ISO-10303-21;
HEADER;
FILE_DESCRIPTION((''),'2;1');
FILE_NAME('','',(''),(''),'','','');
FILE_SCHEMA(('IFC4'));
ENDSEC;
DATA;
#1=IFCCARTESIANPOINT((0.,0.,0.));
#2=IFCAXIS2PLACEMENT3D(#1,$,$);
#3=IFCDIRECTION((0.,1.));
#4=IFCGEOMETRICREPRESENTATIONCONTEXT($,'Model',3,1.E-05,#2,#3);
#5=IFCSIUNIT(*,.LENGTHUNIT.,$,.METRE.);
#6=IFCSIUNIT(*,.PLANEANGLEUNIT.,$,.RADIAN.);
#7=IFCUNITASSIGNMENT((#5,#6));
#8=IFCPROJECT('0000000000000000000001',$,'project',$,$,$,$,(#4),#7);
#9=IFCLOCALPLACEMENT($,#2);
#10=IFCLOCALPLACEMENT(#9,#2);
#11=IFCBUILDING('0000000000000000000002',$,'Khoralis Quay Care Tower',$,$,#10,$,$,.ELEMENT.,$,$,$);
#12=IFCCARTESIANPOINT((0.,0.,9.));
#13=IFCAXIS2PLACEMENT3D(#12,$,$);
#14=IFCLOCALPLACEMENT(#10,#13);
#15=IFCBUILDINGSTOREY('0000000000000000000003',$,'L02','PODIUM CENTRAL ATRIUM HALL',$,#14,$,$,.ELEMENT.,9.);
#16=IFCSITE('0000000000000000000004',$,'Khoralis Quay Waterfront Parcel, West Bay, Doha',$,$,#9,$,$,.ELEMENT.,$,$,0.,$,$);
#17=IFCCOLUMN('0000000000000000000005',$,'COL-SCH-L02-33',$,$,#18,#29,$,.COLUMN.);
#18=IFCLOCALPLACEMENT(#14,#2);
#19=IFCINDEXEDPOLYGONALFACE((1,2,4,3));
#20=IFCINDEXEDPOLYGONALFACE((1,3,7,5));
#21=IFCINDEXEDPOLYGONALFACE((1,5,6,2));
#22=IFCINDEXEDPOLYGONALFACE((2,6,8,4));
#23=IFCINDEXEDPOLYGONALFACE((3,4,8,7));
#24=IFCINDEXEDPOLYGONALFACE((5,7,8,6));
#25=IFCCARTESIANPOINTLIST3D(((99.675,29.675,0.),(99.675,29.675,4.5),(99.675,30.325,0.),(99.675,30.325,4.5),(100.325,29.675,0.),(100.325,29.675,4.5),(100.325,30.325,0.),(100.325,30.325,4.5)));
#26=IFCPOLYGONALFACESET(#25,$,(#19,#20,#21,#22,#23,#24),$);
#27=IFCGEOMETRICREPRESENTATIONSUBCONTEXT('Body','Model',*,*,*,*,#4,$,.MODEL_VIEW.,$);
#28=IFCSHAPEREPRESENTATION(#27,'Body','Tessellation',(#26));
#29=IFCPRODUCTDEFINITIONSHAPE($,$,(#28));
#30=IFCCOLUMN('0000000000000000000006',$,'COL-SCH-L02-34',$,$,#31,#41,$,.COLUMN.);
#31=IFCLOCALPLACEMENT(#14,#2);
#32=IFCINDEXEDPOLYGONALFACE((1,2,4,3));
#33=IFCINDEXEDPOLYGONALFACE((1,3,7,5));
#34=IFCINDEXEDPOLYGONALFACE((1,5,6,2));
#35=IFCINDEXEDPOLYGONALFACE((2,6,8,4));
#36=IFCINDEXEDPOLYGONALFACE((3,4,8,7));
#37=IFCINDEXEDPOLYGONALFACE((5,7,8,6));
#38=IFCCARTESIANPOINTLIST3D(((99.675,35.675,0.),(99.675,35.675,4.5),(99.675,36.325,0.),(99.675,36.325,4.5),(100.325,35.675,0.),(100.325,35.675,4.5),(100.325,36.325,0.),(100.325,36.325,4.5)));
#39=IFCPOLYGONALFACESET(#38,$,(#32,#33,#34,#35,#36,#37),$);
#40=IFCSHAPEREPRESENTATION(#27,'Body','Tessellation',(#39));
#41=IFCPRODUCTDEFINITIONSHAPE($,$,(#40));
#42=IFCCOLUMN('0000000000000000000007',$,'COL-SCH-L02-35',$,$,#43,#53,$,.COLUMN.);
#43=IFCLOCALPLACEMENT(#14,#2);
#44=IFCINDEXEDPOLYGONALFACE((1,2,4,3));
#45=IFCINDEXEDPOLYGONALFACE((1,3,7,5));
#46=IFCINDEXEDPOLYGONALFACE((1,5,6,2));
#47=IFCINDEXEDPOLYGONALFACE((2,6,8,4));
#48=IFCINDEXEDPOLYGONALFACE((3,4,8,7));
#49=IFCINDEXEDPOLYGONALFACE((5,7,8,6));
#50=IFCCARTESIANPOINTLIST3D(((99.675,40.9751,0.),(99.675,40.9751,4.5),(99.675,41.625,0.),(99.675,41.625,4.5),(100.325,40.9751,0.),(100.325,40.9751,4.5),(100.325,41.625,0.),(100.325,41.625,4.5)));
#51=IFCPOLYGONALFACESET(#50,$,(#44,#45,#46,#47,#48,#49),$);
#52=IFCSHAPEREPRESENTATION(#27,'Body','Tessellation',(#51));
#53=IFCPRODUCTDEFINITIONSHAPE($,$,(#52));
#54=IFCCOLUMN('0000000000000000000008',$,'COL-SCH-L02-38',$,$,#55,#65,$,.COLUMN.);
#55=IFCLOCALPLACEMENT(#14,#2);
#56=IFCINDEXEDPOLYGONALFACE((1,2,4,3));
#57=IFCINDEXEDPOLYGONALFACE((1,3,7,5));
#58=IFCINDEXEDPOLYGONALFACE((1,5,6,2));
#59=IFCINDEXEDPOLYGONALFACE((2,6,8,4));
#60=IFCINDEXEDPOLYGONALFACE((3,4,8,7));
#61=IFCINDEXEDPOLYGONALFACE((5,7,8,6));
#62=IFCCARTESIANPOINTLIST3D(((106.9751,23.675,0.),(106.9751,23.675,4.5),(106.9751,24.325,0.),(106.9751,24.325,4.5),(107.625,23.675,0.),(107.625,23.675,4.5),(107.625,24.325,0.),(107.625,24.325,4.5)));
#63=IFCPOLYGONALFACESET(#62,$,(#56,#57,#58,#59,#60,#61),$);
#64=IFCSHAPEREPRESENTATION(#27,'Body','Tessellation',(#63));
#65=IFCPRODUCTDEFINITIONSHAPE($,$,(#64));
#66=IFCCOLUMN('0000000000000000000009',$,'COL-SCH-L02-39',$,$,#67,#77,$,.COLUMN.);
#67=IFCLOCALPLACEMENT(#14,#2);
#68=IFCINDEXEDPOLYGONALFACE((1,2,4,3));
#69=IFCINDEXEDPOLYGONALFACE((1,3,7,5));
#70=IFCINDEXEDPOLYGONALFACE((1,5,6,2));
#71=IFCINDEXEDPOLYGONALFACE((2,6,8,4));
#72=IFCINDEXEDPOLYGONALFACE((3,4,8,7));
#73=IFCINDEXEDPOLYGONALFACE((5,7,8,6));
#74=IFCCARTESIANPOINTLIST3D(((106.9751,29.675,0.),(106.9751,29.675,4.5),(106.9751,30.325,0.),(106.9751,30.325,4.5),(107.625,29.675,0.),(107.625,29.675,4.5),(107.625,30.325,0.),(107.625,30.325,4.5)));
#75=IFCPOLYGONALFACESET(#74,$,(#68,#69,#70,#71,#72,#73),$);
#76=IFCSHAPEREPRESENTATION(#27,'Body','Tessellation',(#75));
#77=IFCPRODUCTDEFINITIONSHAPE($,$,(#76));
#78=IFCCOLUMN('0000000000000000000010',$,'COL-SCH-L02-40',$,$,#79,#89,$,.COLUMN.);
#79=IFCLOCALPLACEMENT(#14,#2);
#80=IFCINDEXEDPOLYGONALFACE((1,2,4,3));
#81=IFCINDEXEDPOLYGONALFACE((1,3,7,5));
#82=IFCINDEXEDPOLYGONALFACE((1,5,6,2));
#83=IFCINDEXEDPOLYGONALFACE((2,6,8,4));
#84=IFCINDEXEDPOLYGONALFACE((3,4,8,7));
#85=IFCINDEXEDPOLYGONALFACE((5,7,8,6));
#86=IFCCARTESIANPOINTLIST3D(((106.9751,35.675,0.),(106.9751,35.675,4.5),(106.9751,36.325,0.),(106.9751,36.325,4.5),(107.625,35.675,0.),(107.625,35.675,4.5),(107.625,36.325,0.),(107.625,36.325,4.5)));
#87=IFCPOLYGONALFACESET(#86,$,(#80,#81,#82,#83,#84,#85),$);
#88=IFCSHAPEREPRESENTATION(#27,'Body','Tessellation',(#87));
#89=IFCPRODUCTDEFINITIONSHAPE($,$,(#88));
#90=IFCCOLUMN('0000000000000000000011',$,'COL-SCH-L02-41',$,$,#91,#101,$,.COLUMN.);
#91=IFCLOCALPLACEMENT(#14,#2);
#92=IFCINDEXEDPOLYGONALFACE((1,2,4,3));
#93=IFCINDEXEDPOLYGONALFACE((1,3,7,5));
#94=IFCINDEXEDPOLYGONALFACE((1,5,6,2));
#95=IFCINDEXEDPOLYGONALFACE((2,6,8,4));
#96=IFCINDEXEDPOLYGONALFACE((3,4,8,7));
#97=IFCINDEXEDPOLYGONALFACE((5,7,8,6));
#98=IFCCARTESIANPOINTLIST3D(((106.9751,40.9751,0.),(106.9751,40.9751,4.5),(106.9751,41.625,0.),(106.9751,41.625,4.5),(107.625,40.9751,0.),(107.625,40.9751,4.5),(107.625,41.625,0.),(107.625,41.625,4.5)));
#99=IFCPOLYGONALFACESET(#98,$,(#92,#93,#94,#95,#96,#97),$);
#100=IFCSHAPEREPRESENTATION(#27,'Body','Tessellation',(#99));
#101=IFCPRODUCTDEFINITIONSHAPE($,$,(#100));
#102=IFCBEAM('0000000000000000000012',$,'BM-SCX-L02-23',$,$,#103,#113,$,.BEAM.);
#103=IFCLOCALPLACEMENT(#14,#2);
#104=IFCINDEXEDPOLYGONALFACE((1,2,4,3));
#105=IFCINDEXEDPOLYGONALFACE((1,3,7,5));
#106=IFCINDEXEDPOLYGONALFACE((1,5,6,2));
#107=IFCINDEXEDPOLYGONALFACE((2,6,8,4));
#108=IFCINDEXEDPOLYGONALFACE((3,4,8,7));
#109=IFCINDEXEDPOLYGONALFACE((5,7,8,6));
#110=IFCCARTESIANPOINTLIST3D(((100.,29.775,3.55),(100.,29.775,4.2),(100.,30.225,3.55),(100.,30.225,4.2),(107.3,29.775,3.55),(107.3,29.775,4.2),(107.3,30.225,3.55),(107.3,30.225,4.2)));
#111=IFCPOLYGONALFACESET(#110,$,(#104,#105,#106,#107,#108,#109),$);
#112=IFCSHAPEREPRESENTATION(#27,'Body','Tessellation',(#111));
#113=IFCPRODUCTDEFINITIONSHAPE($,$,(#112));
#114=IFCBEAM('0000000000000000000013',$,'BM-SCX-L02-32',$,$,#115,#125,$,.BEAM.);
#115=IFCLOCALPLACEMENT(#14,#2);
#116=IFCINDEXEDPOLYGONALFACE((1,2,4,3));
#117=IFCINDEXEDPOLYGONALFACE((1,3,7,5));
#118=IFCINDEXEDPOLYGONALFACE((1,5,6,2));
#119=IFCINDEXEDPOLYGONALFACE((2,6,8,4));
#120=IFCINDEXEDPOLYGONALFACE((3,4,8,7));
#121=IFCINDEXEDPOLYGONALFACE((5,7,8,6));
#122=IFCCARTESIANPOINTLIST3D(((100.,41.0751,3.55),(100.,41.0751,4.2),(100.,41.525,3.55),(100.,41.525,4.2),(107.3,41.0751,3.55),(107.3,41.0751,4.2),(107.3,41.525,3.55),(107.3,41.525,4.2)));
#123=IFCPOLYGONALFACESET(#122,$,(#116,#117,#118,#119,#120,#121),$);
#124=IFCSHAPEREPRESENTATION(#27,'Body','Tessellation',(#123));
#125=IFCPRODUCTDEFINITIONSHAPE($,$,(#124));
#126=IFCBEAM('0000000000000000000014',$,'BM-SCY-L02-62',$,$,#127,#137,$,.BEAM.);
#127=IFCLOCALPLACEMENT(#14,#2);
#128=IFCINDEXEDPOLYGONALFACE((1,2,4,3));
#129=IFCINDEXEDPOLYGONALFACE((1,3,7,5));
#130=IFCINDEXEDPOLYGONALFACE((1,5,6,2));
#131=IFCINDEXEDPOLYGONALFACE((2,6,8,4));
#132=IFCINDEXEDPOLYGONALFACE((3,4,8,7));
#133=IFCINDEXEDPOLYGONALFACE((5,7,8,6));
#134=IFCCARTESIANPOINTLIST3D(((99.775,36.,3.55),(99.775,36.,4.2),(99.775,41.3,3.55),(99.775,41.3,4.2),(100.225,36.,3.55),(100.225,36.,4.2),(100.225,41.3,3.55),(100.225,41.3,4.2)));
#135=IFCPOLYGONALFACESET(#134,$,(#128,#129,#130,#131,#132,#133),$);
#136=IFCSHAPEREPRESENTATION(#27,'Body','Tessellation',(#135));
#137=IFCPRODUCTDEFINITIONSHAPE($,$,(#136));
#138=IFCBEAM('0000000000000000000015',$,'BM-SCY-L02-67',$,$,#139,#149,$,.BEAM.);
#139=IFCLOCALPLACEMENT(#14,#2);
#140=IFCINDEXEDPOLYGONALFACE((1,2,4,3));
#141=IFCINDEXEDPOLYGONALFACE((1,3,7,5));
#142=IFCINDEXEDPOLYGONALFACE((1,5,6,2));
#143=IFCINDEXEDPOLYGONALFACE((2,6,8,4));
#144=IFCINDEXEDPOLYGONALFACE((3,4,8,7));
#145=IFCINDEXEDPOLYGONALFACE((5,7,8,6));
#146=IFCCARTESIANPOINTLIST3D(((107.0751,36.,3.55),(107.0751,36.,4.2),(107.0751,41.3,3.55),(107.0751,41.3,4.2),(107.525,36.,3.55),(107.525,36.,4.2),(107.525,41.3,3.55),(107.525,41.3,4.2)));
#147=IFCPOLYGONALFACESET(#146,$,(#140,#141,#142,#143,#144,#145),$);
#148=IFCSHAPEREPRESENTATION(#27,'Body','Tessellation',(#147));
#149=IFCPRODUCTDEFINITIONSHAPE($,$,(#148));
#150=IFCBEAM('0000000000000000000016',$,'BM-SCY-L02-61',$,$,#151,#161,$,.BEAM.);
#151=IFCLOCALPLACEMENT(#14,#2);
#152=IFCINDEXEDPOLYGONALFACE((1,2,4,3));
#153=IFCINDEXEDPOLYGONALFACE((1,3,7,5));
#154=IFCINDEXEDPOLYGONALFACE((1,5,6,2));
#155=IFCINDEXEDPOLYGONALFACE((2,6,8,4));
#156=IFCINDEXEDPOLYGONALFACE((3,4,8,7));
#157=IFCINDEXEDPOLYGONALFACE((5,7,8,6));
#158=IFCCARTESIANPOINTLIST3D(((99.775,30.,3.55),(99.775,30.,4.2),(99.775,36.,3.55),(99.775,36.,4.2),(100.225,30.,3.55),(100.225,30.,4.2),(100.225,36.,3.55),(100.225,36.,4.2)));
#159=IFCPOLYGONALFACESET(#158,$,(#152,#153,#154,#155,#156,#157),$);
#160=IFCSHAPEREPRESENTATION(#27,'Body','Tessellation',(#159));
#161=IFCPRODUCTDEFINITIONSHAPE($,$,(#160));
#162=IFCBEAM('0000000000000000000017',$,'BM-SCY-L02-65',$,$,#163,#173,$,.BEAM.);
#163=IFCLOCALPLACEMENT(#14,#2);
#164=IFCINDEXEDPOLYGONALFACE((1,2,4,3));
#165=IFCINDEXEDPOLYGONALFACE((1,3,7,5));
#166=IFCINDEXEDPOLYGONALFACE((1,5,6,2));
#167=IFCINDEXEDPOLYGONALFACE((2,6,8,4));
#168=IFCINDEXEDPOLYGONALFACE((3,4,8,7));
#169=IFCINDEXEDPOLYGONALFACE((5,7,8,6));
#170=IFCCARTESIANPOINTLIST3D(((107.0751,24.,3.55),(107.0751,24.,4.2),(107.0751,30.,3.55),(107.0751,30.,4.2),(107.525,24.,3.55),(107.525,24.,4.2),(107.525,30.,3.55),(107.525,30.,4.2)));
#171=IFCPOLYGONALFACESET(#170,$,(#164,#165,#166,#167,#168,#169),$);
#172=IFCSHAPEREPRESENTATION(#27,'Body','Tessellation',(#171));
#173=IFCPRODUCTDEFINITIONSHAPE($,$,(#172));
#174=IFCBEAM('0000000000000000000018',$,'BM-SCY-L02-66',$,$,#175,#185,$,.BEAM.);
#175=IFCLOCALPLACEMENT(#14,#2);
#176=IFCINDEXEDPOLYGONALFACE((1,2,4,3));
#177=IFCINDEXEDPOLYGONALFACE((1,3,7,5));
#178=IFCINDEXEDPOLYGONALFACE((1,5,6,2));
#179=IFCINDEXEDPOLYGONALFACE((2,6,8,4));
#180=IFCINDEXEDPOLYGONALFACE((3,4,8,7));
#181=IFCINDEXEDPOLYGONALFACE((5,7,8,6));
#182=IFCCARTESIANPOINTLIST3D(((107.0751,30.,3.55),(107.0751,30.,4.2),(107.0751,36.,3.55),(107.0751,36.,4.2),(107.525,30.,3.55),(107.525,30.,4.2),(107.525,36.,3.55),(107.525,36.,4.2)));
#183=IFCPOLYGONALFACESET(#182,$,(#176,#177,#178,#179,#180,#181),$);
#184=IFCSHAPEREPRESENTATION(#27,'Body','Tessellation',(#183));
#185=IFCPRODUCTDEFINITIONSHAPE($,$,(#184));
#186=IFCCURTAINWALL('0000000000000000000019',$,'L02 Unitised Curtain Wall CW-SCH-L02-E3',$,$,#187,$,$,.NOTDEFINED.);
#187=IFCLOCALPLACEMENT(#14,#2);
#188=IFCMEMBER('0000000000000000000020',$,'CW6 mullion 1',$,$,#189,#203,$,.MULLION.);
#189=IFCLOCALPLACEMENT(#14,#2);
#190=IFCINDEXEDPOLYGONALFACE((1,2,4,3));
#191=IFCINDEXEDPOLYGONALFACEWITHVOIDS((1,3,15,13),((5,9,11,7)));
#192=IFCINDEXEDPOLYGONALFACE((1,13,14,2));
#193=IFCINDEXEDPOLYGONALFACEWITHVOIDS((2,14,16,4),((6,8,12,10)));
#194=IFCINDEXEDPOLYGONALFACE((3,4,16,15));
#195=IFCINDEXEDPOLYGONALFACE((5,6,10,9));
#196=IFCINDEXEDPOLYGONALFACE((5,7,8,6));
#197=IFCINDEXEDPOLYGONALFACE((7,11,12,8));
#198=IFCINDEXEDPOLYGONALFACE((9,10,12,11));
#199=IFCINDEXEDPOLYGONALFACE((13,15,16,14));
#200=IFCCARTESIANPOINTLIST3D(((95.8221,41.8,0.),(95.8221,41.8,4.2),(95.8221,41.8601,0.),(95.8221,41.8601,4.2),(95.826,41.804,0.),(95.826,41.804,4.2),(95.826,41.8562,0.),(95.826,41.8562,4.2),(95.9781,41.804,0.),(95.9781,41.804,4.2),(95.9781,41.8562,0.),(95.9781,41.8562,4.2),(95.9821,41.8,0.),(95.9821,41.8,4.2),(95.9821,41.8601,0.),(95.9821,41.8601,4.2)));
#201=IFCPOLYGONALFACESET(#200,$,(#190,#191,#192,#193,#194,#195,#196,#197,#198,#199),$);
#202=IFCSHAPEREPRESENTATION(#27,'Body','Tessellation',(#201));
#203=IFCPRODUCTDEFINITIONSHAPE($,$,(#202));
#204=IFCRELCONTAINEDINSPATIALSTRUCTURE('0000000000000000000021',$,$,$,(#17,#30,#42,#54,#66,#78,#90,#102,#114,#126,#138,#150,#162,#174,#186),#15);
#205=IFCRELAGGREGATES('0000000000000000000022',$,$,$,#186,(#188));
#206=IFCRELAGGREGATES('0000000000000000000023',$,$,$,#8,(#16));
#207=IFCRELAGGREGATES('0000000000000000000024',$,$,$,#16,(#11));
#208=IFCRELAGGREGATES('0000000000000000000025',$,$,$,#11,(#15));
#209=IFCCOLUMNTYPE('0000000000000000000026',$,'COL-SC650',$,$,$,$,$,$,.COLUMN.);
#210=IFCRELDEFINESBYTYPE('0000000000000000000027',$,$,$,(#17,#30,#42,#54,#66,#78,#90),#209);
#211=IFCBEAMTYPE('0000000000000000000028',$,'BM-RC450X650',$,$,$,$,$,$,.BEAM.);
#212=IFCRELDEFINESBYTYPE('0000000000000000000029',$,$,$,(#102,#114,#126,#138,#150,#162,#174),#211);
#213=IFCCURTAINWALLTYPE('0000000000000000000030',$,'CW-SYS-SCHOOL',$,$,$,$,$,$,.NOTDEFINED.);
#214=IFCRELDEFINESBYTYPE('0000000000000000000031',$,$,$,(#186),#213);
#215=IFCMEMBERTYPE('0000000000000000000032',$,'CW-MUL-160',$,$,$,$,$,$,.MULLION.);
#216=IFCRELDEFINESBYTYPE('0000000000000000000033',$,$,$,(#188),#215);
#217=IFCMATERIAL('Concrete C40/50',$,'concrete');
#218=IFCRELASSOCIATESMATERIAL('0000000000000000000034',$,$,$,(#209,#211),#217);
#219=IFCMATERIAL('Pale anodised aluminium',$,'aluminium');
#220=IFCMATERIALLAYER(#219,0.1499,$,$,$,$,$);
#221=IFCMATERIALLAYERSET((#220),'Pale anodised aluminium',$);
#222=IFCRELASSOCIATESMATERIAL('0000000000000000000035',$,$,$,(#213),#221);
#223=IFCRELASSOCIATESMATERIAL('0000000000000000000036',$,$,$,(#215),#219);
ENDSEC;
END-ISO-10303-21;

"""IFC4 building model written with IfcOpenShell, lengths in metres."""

from ifc_helpers import new_model, si_unit, direction, frame, origin, origin_2d, place, context, subcontext, project, spatial, rectangle, hollow_rectangle, extrude, source, transform, mapped, material, layer, layer_set, material_profile, profile_set, type_object, element, aggregate, save


model = new_model("IFC4")

# Units and contexts
model_context = context("Model", 3, precision=1e-05, world=origin(), true_north=direction((0.0, 1.0)))
body_context = subcontext(model_context, "Body", "Model", "MODEL_VIEW")
ifc_project = project(units=[si_unit("LENGTHUNIT", "METRE"), si_unit("PLANEANGLEUNIT", "RADIAN")], contexts=[model_context])

# Site, building, storey
site_placement = place(None, origin())
site = spatial("IfcSite", under=ifc_project, at=site_placement, Name="Khoralis Quay Waterfront Parcel, West Bay, Doha", CompositionType="ELEMENT", RefElevation=0.0)
building_placement = place(site_placement, origin())
building = spatial("IfcBuilding", under=site, at=building_placement, Name="Khoralis Quay Care Tower", CompositionType="ELEMENT")
storey_placement = place(building_placement, frame((0.0, 0.0, 9.0)))
storey = spatial("IfcBuildingStorey", under=building, at=storey_placement, Name="L02", Description="PODIUM CENTRAL ATRIUM HALL", CompositionType="ELEMENT", Elevation=9.0)

# Columns
ifc_material_1 = material(Name="Concrete C40/50", Category="concrete")
ifc_material_profile_1 = material_profile(ifc_material_1, rectangle(XDim=0.6499, YDim=0.6499, at=origin_2d()), Name="Concrete C40/50")
ifc_profile_set_1 = profile_set([ifc_material_profile_1], Name="Concrete C40/50")
column_type = type_object("IfcColumnType", Name="COL-SC650", PredefinedType="COLUMN", material=ifc_profile_set_1)
shared_shape_1 = source(origin(), body_context, "Body", "SweptSolid", [
    extrude(rectangle(XDim=0.6499, YDim=0.6499, at=origin_2d()), origin(), (0.0, 0.0, 1.0), 4.5),
])
for number, where, z_axis, x_axis, name in (
    (1, (100.0, 30.0, 0.0), (0.0, 0.0, 1.0), (1.0, 0.0, 0.0), "COL-SCH-L02-33"),
    (2, (100.0, 36.0, 0.0), (0.0, 0.0, 1.0), (1.0, 0.0, 0.0), "COL-SCH-L02-34"),
    (3, (100.0, 41.3, 0.0), (0.0, 0.0, 1.0), (1.0, 0.0, 0.0), "COL-SCH-L02-35"),
    (4, (107.3, 24.0, 0.0), (0.0, 0.0, 1.0), (1.0, 0.0, 0.0), "COL-SCH-L02-38"),
    (5, (107.3, 30.0, 0.0), (0.0, 0.0, 1.0), (1.0, 0.0, 0.0), "COL-SCH-L02-39"),
    (6, (107.3, 36.0, 0.0), (0.0, 0.0, 1.0), (1.0, 0.0, 0.0), "COL-SCH-L02-40"),
    (7, (107.3, 41.3, 0.0), (0.0, 0.0, 1.0), (1.0, 0.0, 0.0), "COL-SCH-L02-41"),
):
    element("IfcColumn", number, at=place(storey_placement, frame(where, z_axis=z_axis, x_axis=x_axis)), inside=storey, type_object=column_type, Name=name, PredefinedType="COLUMN", context=body_context, shape_type="MappedRepresentation", body=[
        mapped(shared_shape_1, transform((0.0, 0.0, 0.0), scale=1.0)),
    ])

# Beams
ifc_material_profile_2 = material_profile(ifc_material_1, rectangle(XDim=0.45, YDim=0.6499, at=origin_2d()), Name="Concrete C40/50")
ifc_profile_set_2 = profile_set([ifc_material_profile_2], Name="Concrete C40/50")
beam_type = type_object("IfcBeamType", Name="BM-RC450X650", PredefinedType="BEAM", material=ifc_profile_set_2)
shared_shape_2 = source(origin(), body_context, "Body", "SweptSolid", [
    extrude(rectangle(XDim=0.45, YDim=0.6499, at=origin_2d()), origin(), (0.0, 0.0, 1.0), 7.3),
])
for number, where, z_axis, x_axis, name in (
    (8, (100.0, 30.0, 3.875), (1.0, 0.0, 0.0), (0.0, 1.0, 0.0), "BM-SCX-L02-23"),
    (9, (100.0, 41.3, 3.875), (1.0, 0.0, 0.0), (0.0, 1.0, 0.0), "BM-SCX-L02-32"),
):
    element("IfcBeam", number, at=place(storey_placement, frame(where, z_axis=z_axis, x_axis=x_axis)), inside=storey, type_object=beam_type, Name=name, PredefinedType="BEAM", context=body_context, shape_type="MappedRepresentation", body=[
        mapped(shared_shape_2, transform((0.0, 0.0, 0.0), scale=1.0)),
    ])
shared_shape_3 = source(origin(), body_context, "Body", "SweptSolid", [
    extrude(rectangle(XDim=0.45, YDim=0.6499, at=origin_2d()), origin(), (0.0, 0.0, 1.0), 5.3),
])
for number, where, z_axis, x_axis, name in (
    (10, (100.0, 36.0, 3.875), (0.0, 1.0, 0.0), (-1.0, 0.0, 0.0), "BM-SCY-L02-62"),
    (11, (107.3, 36.0, 3.875), (0.0, 1.0, 0.0), (-1.0, 0.0, 0.0), "BM-SCY-L02-67"),
):
    element("IfcBeam", number, at=place(storey_placement, frame(where, z_axis=z_axis, x_axis=x_axis)), inside=storey, type_object=beam_type, Name=name, PredefinedType="BEAM", context=body_context, shape_type="MappedRepresentation", body=[
        mapped(shared_shape_3, transform((0.0, 0.0, 0.0), scale=1.0)),
    ])
shared_shape_4 = source(origin(), body_context, "Body", "SweptSolid", [
    extrude(rectangle(XDim=0.45, YDim=0.6499, at=origin_2d()), origin(), (0.0, 0.0, 1.0), 6.0),
])
for number, where, z_axis, x_axis, name in (
    (12, (100.0, 30.0, 3.875), (0.0, 1.0, 0.0), (-1.0, 0.0, 0.0), "BM-SCY-L02-61"),
    (13, (107.3, 24.0, 3.875), (0.0, 1.0, 0.0), (-1.0, 0.0, 0.0), "BM-SCY-L02-65"),
    (14, (107.3, 30.0, 3.875), (0.0, 1.0, 0.0), (-1.0, 0.0, 0.0), "BM-SCY-L02-66"),
):
    element("IfcBeam", number, at=place(storey_placement, frame(where, z_axis=z_axis, x_axis=x_axis)), inside=storey, type_object=beam_type, Name=name, PredefinedType="BEAM", context=body_context, shape_type="MappedRepresentation", body=[
        mapped(shared_shape_4, transform((0.0, 0.0, 0.0), scale=1.0)),
    ])

# Curtain wall, member
ifc_material_2 = material(Name="Pale anodised aluminium", Category="aluminium")
ifc_layer_1 = layer(ifc_material_2, 0.1499)
ifc_layer_set_1 = layer_set([ifc_layer_1], Name="Pale anodised aluminium")
curtain_wall_type = type_object("IfcCurtainWallType", Name="CW-SYS-SCHOOL", PredefinedType="NOTDEFINED", material=ifc_layer_set_1)
curtain_wall_placement = place(storey_placement, origin())
curtain_wall = element("IfcCurtainWall", 15, at=curtain_wall_placement, inside=storey, type_object=curtain_wall_type, Name="L02 Unitised Curtain Wall CW-SCH-L02-E3", PredefinedType="NOTDEFINED")
ifc_material_profile_3 = material_profile(ifc_material_2, hollow_rectangle(XDim=0.0601, YDim=0.1599, WallThickness=0.0039, at=origin_2d()), Name="Pale anodised aluminium")
ifc_profile_set_3 = profile_set([ifc_material_profile_3], Name="Pale anodised aluminium")
member_type = type_object("IfcMemberType", Name="CW-MUL-160", PredefinedType="MULLION", material=ifc_profile_set_3)
shared_shape_5 = source(origin(), body_context, "Body", "SweptSolid", [
    extrude(hollow_rectangle(XDim=0.0601, YDim=0.1599, WallThickness=0.0039, at=origin_2d()), origin(), (0.0, 0.0, 1.0), 4.2),
])
member_placement = place(storey_placement, frame((95.9021, 41.8301, 0.0), z_axis=(0.0, 0.0, 1.0), x_axis=(0.0, -1.0, 0.0)))
member = element("IfcMember", 16, at=member_placement, type_object=member_type, Name="CW6 mullion 1", PredefinedType="MULLION", context=body_context, shape_type="MappedRepresentation", body=[
    mapped(shared_shape_5, transform((0.0, 0.0, 0.0), scale=1.0)),
])
aggregate(curtain_wall, [member])

save(model, "model.ifc")
